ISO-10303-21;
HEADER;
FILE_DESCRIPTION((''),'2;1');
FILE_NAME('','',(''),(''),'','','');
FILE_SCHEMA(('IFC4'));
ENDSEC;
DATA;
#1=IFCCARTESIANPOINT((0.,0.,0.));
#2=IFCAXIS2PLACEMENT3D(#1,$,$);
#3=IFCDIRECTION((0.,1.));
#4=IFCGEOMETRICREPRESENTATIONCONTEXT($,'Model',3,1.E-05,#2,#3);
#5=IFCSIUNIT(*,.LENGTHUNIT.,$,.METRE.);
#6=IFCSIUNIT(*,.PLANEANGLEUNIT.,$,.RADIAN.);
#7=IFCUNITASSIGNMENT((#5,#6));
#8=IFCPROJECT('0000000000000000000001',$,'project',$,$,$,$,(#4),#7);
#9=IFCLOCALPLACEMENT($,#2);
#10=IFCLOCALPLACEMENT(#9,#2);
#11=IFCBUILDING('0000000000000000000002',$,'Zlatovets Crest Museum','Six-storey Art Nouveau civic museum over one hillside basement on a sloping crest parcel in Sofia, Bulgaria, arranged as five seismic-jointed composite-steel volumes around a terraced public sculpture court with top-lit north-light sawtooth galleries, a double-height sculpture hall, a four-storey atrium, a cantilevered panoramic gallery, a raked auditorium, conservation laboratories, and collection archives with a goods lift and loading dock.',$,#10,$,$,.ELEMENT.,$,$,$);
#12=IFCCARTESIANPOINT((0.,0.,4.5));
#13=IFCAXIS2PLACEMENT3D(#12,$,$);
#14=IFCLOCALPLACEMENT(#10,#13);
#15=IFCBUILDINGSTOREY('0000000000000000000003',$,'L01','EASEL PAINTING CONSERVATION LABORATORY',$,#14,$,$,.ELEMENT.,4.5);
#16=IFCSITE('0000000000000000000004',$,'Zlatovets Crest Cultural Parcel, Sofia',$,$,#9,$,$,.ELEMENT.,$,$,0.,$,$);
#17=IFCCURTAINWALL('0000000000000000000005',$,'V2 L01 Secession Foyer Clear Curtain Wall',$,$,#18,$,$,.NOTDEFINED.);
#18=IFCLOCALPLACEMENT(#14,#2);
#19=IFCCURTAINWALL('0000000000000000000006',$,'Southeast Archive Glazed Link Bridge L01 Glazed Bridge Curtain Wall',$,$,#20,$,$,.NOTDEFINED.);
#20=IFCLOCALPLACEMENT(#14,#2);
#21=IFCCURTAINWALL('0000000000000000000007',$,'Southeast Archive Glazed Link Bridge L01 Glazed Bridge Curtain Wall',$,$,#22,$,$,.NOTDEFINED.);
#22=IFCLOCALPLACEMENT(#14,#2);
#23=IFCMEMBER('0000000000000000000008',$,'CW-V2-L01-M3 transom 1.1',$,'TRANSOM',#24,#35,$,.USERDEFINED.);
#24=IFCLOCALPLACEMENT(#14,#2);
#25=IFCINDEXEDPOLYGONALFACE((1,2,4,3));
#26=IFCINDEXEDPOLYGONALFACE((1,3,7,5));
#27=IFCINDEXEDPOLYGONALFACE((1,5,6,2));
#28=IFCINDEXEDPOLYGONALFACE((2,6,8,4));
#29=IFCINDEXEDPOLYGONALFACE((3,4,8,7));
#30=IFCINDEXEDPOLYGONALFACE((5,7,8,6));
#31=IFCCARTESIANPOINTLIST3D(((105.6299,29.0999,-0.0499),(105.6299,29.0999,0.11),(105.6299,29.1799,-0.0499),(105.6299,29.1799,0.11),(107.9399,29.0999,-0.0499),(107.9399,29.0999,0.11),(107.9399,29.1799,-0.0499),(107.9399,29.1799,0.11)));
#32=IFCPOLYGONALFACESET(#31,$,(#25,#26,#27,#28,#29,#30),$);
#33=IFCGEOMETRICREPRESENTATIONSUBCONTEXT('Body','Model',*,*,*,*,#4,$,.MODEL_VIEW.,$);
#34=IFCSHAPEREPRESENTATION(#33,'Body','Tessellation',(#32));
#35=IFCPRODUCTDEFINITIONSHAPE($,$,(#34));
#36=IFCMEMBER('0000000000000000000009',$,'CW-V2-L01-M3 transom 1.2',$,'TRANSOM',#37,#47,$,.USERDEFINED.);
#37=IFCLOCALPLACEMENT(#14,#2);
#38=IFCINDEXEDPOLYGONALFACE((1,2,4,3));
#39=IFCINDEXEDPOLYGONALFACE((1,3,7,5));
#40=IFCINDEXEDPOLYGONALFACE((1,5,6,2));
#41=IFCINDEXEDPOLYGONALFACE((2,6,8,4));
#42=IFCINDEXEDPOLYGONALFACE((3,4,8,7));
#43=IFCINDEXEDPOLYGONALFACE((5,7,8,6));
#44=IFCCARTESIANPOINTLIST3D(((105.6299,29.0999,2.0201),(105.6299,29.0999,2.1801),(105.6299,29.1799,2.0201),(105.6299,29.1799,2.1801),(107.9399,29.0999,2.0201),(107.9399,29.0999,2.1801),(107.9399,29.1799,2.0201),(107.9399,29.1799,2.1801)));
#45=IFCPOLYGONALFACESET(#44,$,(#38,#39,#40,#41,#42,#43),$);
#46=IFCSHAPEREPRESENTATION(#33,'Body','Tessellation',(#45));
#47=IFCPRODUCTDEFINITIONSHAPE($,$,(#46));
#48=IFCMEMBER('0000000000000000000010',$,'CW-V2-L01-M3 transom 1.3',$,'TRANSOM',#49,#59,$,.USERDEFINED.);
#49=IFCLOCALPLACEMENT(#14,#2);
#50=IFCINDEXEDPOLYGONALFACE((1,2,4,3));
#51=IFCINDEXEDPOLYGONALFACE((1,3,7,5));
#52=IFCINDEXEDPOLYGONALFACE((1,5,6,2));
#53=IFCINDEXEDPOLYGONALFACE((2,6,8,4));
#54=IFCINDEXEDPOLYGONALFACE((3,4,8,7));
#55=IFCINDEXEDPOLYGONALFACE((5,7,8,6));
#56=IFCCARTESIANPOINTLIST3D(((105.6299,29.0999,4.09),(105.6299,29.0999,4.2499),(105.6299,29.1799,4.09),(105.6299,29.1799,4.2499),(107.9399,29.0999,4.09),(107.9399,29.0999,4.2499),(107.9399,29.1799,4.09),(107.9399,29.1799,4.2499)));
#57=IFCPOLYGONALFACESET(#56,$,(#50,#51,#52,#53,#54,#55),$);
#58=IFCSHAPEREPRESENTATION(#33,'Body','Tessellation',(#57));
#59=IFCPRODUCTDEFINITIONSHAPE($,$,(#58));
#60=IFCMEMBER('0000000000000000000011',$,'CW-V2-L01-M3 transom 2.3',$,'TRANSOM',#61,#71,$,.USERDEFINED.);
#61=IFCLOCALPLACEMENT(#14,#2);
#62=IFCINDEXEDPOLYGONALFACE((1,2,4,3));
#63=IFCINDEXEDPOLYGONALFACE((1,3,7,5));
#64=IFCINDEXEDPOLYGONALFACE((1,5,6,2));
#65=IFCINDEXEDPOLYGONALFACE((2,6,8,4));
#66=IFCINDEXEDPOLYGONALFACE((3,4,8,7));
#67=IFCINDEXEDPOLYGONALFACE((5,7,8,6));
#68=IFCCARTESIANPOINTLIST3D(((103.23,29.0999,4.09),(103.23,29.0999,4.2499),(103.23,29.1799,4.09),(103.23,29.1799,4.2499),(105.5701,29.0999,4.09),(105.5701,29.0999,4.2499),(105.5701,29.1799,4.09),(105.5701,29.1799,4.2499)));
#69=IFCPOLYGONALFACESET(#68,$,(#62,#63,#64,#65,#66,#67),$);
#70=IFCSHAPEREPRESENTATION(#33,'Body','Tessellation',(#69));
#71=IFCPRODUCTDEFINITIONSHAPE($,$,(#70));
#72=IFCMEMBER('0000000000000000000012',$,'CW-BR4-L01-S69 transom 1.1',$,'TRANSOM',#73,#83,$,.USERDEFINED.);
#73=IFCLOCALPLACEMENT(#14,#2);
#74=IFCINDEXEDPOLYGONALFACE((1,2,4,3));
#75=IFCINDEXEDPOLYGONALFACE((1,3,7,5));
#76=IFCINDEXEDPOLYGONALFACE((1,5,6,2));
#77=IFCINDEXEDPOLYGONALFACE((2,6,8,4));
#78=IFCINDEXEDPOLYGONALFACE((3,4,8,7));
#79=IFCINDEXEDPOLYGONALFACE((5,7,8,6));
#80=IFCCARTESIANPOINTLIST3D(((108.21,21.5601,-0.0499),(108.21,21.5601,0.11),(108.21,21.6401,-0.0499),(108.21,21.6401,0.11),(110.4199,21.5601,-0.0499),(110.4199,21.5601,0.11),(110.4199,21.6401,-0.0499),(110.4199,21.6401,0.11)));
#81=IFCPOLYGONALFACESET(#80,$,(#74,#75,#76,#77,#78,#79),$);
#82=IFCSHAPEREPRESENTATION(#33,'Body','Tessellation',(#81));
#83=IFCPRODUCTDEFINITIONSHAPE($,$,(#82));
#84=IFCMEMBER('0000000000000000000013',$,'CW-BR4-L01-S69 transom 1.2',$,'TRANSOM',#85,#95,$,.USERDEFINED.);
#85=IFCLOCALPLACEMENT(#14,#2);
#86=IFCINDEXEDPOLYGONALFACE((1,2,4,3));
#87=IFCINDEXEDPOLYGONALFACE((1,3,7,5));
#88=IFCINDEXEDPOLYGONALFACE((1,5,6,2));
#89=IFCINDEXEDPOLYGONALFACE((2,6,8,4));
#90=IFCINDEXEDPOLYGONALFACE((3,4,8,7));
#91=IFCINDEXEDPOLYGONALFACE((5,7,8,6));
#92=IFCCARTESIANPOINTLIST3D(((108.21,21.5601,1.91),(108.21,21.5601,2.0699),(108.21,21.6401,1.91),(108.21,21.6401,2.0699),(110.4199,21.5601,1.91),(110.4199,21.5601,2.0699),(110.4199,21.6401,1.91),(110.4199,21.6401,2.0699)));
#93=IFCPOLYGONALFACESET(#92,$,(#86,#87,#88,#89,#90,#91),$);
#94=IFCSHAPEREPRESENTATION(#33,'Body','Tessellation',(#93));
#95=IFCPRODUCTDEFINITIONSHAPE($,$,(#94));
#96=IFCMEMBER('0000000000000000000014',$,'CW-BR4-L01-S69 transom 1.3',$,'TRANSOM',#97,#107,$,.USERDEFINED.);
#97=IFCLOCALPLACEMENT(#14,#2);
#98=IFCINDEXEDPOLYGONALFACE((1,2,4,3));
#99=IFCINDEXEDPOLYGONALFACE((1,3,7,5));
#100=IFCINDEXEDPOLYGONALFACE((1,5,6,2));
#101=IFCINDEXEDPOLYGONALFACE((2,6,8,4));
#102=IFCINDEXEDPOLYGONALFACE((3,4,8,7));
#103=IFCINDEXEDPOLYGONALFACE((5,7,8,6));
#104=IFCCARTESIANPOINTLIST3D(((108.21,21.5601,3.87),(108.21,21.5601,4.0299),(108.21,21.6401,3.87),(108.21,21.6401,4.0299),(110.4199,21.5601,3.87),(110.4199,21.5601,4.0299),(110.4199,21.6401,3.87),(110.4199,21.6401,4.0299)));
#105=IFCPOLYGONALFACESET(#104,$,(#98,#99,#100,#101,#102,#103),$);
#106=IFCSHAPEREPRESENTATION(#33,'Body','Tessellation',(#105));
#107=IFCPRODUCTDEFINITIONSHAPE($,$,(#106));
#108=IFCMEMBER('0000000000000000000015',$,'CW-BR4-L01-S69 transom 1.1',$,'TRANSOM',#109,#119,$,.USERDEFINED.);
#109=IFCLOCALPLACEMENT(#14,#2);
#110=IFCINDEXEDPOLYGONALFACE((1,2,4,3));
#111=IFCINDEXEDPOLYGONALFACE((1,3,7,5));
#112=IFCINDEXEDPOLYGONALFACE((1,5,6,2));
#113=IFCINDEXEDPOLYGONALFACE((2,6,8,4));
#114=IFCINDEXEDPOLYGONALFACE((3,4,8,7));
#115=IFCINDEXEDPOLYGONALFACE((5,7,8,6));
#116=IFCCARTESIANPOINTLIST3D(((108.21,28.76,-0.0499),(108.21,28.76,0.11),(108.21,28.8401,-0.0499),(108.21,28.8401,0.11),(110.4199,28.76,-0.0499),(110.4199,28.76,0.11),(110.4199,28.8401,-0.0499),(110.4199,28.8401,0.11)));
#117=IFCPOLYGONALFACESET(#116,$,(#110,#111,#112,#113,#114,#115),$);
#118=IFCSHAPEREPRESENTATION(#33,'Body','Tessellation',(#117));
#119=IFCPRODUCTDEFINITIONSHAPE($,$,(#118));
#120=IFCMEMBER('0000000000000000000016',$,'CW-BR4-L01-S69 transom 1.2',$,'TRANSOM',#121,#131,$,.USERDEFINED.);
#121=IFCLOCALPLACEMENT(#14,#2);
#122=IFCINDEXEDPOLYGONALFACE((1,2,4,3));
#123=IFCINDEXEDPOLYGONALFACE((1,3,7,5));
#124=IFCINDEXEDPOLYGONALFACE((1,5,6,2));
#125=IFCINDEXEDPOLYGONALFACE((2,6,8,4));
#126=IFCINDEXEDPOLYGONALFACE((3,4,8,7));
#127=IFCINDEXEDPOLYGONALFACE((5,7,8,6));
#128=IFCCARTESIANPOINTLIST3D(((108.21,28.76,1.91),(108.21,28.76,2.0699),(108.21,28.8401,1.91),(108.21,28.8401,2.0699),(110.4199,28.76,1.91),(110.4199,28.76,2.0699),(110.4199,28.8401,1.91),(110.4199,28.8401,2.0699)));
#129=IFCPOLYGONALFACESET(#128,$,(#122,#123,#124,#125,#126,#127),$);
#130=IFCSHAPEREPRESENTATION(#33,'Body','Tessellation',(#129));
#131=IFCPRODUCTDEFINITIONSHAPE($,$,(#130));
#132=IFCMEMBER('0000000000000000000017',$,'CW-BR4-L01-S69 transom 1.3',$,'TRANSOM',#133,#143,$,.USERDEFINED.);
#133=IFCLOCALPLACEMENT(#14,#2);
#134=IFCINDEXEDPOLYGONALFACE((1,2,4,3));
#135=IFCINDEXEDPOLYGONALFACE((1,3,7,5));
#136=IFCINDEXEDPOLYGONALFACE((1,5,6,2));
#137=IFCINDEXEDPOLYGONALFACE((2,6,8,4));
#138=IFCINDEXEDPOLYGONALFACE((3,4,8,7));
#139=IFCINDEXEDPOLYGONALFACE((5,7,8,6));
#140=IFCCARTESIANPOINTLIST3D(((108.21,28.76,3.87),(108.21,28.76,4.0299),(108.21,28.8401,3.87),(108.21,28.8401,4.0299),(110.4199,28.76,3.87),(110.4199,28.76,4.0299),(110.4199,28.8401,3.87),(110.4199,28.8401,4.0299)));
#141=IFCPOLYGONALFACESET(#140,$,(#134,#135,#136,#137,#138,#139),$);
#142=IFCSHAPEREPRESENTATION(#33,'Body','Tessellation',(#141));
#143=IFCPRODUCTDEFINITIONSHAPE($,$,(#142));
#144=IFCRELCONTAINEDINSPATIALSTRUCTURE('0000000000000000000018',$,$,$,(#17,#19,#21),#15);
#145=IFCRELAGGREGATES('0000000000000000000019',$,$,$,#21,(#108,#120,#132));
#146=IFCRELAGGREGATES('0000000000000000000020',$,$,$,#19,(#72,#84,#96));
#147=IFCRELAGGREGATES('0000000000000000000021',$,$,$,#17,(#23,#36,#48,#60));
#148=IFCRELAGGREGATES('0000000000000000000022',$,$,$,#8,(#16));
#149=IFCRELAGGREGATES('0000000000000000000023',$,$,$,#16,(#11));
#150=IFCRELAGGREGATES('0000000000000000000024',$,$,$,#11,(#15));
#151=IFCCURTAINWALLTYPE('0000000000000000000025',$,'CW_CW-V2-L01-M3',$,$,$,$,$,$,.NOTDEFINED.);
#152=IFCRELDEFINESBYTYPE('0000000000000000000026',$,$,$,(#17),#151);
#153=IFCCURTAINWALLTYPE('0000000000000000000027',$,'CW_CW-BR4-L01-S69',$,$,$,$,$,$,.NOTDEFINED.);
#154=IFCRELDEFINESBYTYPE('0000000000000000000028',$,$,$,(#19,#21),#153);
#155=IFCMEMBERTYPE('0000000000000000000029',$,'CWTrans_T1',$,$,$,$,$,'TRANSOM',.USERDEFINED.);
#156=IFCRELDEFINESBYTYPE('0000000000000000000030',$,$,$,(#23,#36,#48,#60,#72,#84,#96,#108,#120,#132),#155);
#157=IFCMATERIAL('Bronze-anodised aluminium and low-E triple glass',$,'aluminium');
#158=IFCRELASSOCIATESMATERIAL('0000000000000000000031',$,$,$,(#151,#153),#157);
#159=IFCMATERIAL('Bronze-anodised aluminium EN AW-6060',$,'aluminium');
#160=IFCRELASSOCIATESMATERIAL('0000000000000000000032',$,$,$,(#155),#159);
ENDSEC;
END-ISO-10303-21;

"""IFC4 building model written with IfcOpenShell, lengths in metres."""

from ifc_helpers import new_model, si_unit, direction, frame, origin, origin_2d, place, context, subcontext, project, spatial, rectangle, extrude, material, material_profile, profile_set, type_object, element, aggregate, save


model = new_model("IFC4")

# Units and contexts
model_context = context("Model", 3, precision=1e-05, world=origin(), true_north=direction((0.0, 1.0)))
body_context = subcontext(model_context, "Body", "Model", "MODEL_VIEW")
ifc_project = project(units=[si_unit("LENGTHUNIT", "METRE"), si_unit("PLANEANGLEUNIT", "RADIAN")], contexts=[model_context])

# Site, building, storey
site_placement = place(None, origin())
site = spatial("IfcSite", under=ifc_project, at=site_placement, Name="Zlatovets Crest Cultural Parcel, Sofia", CompositionType="ELEMENT", RefElevation=0.0)
building_placement = place(site_placement, origin())
building = spatial("IfcBuilding", under=site, at=building_placement, Name="Zlatovets Crest Museum", Description="Six-storey Art Nouveau civic museum over one hillside basement on a sloping crest parcel in Sofia, Bulgaria, arranged as five seismic-jointed composite-steel volumes around a terraced public sculpture court with top-lit north-light sawtooth galleries, a double-height sculpture hall, a four-storey atrium, a cantilevered panoramic gallery, a raked auditorium, conservation laboratories, and collection archives with a goods lift and loading dock.", CompositionType="ELEMENT")
storey_placement = place(building_placement, frame((0.0, 0.0, 4.5)))
storey = spatial("IfcBuildingStorey", under=building, at=storey_placement, Name="L01", Description="EASEL PAINTING CONSERVATION LABORATORY", CompositionType="ELEMENT", Elevation=4.5)

# Curtain wall
ifc_material_1 = material(Name="Bronze-anodised aluminium and low-E triple glass", Category="aluminium")
curtain_wall_type_1 = type_object("IfcCurtainWallType", Name="CW_CW-V2-L01-M3", PredefinedType="NOTDEFINED", material=ifc_material_1)
curtain_wall_1_placement = place(storey_placement, origin())
curtain_wall_1 = element("IfcCurtainWall", 1, at=curtain_wall_1_placement, inside=storey, type_object=curtain_wall_type_1, Name="V2 L01 Secession Foyer Clear Curtain Wall", PredefinedType="NOTDEFINED")
ifc_material_2 = material(Name="Bronze-anodised aluminium EN AW-6060", Category="aluminium")

# Curtain walls
curtain_wall_type_2 = type_object("IfcCurtainWallType", Name="CW_CW-BR4-L01-S69", PredefinedType="NOTDEFINED", material=ifc_material_1)
curtain_wall_2_placement = place(storey_placement, origin())
curtain_wall_2 = element("IfcCurtainWall", 2, at=curtain_wall_2_placement, inside=storey, type_object=curtain_wall_type_2, Name="Southeast Archive Glazed Link Bridge L01 Glazed Bridge Curtain Wall", PredefinedType="NOTDEFINED")
curtain_wall_3_placement = place(storey_placement, origin())
curtain_wall_3 = element("IfcCurtainWall", 3, at=curtain_wall_3_placement, inside=storey, type_object=curtain_wall_type_2, Name="Southeast Archive Glazed Link Bridge L01 Glazed Bridge Curtain Wall", PredefinedType="NOTDEFINED")

# Members
ifc_material_profile_1 = material_profile(ifc_material_2, rectangle(XDim=0.0801, YDim=0.1599, at=origin_2d()), Name="ALU 80x160")
ifc_profile_set_1 = profile_set([ifc_material_profile_1], Name="Bronze-anodised aluminium EN AW-6060")
member_type_1 = type_object("IfcMemberType", Name="CWTrans_T1", ElementType="TRANSOM", PredefinedType="USERDEFINED", material=ifc_profile_set_1)
member_1_placement = place(storey_placement, frame((107.9399, 29.1399, 0.03), z_axis=(-1.0, 0.0, 0.0), x_axis=(0.0, -1.0, 0.0)))
member_1 = element("IfcMember", 4, at=member_1_placement, type_object=member_type_1, Name="CW-V2-L01-M3 transom 1.1", ObjectType="TRANSOM", PredefinedType="USERDEFINED", context=body_context, shape_type="SweptSolid", body=[
    extrude(rectangle(XDim=0.0801, YDim=0.1599, at=origin_2d()), origin(), (0.0, 0.0, 1.0), 2.3101),
])
member_2_placement = place(storey_placement, frame((107.9399, 29.1399, 2.1001), z_axis=(-1.0, 0.0, 0.0), x_axis=(0.0, -1.0, 0.0)))
member_2 = element("IfcMember", 5, at=member_2_placement, type_object=member_type_1, Name="CW-V2-L01-M3 transom 1.2", ObjectType="TRANSOM", PredefinedType="USERDEFINED", context=body_context, shape_type="SweptSolid", body=[
    extrude(rectangle(XDim=0.0801, YDim=0.1599, at=origin_2d()), origin(), (0.0, 0.0, 1.0), 2.3101),
])
member_3_placement = place(storey_placement, frame((107.9399, 29.1399, 4.1699), z_axis=(-1.0, 0.0, 0.0), x_axis=(0.0, -1.0, 0.0)))
member_3 = element("IfcMember", 6, at=member_3_placement, type_object=member_type_1, Name="CW-V2-L01-M3 transom 1.3", ObjectType="TRANSOM", PredefinedType="USERDEFINED", context=body_context, shape_type="SweptSolid", body=[
    extrude(rectangle(XDim=0.0801, YDim=0.1599, at=origin_2d()), origin(), (0.0, 0.0, 1.0), 2.3101),
])
member_4_placement = place(storey_placement, frame((105.5701, 29.1399, 4.1699), z_axis=(-1.0, 0.0, 0.0), x_axis=(0.0, -1.0, 0.0)))
member_4 = element("IfcMember", 7, at=member_4_placement, type_object=member_type_1, Name="CW-V2-L01-M3 transom 2.3", ObjectType="TRANSOM", PredefinedType="USERDEFINED", context=body_context, shape_type="SweptSolid", body=[
    extrude(rectangle(XDim=0.0801, YDim=0.1599, at=origin_2d()), origin(), (0.0, 0.0, 1.0), 2.3401),
])
member_5_placement = place(storey_placement, frame((108.21, 21.6001, 0.03), z_axis=(1.0, 0.0, 0.0), x_axis=(0.0, 1.0, 0.0)))
member_5 = element("IfcMember", 8, at=member_5_placement, type_object=member_type_1, Name="CW-BR4-L01-S69 transom 1.1", ObjectType="TRANSOM", PredefinedType="USERDEFINED", context=body_context, shape_type="SweptSolid", body=[
    extrude(rectangle(XDim=0.0801, YDim=0.1599, at=origin_2d()), origin(), (0.0, 0.0, 1.0), 2.21),
])
member_6_placement = place(storey_placement, frame((108.21, 21.6001, 1.99), z_axis=(1.0, 0.0, 0.0), x_axis=(0.0, 1.0, 0.0)))
member_6 = element("IfcMember", 9, at=member_6_placement, type_object=member_type_1, Name="CW-BR4-L01-S69 transom 1.2", ObjectType="TRANSOM", PredefinedType="USERDEFINED", context=body_context, shape_type="SweptSolid", body=[
    extrude(rectangle(XDim=0.0801, YDim=0.1599, at=origin_2d()), origin(), (0.0, 0.0, 1.0), 2.21),
])
member_7_placement = place(storey_placement, frame((108.21, 21.6001, 3.95), z_axis=(1.0, 0.0, 0.0), x_axis=(0.0, 1.0, 0.0)))
member_7 = element("IfcMember", 10, at=member_7_placement, type_object=member_type_1, Name="CW-BR4-L01-S69 transom 1.3", ObjectType="TRANSOM", PredefinedType="USERDEFINED", context=body_context, shape_type="SweptSolid", body=[
    extrude(rectangle(XDim=0.0801, YDim=0.1599, at=origin_2d()), origin(), (0.0, 0.0, 1.0), 2.21),
])
member_8_placement = place(storey_placement, frame((108.21, 28.8, 0.03), z_axis=(1.0, 0.0, 0.0), x_axis=(0.0, 1.0, 0.0)))
member_8 = element("IfcMember", 11, at=member_8_placement, type_object=member_type_1, Name="CW-BR4-L01-S69 transom 1.1", ObjectType="TRANSOM", PredefinedType="USERDEFINED", context=body_context, shape_type="SweptSolid", body=[
    extrude(rectangle(XDim=0.0801, YDim=0.1599, at=origin_2d()), origin(), (0.0, 0.0, 1.0), 2.21),
])
member_9_placement = place(storey_placement, frame((108.21, 28.8, 1.99), z_axis=(1.0, 0.0, 0.0), x_axis=(0.0, 1.0, 0.0)))
member_9 = element("IfcMember", 12, at=member_9_placement, type_object=member_type_1, Name="CW-BR4-L01-S69 transom 1.2", ObjectType="TRANSOM", PredefinedType="USERDEFINED", context=body_context, shape_type="SweptSolid", body=[
    extrude(rectangle(XDim=0.0801, YDim=0.1599, at=origin_2d()), origin(), (0.0, 0.0, 1.0), 2.21),
])
member_10_placement = place(storey_placement, frame((108.21, 28.8, 3.95), z_axis=(1.0, 0.0, 0.0), x_axis=(0.0, 1.0, 0.0)))
member_10 = element("IfcMember", 13, at=member_10_placement, type_object=member_type_1, Name="CW-BR4-L01-S69 transom 1.3", ObjectType="TRANSOM", PredefinedType="USERDEFINED", context=body_context, shape_type="SweptSolid", body=[
    extrude(rectangle(XDim=0.0801, YDim=0.1599, at=origin_2d()), origin(), (0.0, 0.0, 1.0), 2.21),
])
aggregate(curtain_wall_3, [member_8, member_9, member_10])

aggregate(curtain_wall_2, [member_5, member_6, member_7])
aggregate(curtain_wall_1, [member_1, member_2, member_3, member_4])

save(model, "model.ifc")
